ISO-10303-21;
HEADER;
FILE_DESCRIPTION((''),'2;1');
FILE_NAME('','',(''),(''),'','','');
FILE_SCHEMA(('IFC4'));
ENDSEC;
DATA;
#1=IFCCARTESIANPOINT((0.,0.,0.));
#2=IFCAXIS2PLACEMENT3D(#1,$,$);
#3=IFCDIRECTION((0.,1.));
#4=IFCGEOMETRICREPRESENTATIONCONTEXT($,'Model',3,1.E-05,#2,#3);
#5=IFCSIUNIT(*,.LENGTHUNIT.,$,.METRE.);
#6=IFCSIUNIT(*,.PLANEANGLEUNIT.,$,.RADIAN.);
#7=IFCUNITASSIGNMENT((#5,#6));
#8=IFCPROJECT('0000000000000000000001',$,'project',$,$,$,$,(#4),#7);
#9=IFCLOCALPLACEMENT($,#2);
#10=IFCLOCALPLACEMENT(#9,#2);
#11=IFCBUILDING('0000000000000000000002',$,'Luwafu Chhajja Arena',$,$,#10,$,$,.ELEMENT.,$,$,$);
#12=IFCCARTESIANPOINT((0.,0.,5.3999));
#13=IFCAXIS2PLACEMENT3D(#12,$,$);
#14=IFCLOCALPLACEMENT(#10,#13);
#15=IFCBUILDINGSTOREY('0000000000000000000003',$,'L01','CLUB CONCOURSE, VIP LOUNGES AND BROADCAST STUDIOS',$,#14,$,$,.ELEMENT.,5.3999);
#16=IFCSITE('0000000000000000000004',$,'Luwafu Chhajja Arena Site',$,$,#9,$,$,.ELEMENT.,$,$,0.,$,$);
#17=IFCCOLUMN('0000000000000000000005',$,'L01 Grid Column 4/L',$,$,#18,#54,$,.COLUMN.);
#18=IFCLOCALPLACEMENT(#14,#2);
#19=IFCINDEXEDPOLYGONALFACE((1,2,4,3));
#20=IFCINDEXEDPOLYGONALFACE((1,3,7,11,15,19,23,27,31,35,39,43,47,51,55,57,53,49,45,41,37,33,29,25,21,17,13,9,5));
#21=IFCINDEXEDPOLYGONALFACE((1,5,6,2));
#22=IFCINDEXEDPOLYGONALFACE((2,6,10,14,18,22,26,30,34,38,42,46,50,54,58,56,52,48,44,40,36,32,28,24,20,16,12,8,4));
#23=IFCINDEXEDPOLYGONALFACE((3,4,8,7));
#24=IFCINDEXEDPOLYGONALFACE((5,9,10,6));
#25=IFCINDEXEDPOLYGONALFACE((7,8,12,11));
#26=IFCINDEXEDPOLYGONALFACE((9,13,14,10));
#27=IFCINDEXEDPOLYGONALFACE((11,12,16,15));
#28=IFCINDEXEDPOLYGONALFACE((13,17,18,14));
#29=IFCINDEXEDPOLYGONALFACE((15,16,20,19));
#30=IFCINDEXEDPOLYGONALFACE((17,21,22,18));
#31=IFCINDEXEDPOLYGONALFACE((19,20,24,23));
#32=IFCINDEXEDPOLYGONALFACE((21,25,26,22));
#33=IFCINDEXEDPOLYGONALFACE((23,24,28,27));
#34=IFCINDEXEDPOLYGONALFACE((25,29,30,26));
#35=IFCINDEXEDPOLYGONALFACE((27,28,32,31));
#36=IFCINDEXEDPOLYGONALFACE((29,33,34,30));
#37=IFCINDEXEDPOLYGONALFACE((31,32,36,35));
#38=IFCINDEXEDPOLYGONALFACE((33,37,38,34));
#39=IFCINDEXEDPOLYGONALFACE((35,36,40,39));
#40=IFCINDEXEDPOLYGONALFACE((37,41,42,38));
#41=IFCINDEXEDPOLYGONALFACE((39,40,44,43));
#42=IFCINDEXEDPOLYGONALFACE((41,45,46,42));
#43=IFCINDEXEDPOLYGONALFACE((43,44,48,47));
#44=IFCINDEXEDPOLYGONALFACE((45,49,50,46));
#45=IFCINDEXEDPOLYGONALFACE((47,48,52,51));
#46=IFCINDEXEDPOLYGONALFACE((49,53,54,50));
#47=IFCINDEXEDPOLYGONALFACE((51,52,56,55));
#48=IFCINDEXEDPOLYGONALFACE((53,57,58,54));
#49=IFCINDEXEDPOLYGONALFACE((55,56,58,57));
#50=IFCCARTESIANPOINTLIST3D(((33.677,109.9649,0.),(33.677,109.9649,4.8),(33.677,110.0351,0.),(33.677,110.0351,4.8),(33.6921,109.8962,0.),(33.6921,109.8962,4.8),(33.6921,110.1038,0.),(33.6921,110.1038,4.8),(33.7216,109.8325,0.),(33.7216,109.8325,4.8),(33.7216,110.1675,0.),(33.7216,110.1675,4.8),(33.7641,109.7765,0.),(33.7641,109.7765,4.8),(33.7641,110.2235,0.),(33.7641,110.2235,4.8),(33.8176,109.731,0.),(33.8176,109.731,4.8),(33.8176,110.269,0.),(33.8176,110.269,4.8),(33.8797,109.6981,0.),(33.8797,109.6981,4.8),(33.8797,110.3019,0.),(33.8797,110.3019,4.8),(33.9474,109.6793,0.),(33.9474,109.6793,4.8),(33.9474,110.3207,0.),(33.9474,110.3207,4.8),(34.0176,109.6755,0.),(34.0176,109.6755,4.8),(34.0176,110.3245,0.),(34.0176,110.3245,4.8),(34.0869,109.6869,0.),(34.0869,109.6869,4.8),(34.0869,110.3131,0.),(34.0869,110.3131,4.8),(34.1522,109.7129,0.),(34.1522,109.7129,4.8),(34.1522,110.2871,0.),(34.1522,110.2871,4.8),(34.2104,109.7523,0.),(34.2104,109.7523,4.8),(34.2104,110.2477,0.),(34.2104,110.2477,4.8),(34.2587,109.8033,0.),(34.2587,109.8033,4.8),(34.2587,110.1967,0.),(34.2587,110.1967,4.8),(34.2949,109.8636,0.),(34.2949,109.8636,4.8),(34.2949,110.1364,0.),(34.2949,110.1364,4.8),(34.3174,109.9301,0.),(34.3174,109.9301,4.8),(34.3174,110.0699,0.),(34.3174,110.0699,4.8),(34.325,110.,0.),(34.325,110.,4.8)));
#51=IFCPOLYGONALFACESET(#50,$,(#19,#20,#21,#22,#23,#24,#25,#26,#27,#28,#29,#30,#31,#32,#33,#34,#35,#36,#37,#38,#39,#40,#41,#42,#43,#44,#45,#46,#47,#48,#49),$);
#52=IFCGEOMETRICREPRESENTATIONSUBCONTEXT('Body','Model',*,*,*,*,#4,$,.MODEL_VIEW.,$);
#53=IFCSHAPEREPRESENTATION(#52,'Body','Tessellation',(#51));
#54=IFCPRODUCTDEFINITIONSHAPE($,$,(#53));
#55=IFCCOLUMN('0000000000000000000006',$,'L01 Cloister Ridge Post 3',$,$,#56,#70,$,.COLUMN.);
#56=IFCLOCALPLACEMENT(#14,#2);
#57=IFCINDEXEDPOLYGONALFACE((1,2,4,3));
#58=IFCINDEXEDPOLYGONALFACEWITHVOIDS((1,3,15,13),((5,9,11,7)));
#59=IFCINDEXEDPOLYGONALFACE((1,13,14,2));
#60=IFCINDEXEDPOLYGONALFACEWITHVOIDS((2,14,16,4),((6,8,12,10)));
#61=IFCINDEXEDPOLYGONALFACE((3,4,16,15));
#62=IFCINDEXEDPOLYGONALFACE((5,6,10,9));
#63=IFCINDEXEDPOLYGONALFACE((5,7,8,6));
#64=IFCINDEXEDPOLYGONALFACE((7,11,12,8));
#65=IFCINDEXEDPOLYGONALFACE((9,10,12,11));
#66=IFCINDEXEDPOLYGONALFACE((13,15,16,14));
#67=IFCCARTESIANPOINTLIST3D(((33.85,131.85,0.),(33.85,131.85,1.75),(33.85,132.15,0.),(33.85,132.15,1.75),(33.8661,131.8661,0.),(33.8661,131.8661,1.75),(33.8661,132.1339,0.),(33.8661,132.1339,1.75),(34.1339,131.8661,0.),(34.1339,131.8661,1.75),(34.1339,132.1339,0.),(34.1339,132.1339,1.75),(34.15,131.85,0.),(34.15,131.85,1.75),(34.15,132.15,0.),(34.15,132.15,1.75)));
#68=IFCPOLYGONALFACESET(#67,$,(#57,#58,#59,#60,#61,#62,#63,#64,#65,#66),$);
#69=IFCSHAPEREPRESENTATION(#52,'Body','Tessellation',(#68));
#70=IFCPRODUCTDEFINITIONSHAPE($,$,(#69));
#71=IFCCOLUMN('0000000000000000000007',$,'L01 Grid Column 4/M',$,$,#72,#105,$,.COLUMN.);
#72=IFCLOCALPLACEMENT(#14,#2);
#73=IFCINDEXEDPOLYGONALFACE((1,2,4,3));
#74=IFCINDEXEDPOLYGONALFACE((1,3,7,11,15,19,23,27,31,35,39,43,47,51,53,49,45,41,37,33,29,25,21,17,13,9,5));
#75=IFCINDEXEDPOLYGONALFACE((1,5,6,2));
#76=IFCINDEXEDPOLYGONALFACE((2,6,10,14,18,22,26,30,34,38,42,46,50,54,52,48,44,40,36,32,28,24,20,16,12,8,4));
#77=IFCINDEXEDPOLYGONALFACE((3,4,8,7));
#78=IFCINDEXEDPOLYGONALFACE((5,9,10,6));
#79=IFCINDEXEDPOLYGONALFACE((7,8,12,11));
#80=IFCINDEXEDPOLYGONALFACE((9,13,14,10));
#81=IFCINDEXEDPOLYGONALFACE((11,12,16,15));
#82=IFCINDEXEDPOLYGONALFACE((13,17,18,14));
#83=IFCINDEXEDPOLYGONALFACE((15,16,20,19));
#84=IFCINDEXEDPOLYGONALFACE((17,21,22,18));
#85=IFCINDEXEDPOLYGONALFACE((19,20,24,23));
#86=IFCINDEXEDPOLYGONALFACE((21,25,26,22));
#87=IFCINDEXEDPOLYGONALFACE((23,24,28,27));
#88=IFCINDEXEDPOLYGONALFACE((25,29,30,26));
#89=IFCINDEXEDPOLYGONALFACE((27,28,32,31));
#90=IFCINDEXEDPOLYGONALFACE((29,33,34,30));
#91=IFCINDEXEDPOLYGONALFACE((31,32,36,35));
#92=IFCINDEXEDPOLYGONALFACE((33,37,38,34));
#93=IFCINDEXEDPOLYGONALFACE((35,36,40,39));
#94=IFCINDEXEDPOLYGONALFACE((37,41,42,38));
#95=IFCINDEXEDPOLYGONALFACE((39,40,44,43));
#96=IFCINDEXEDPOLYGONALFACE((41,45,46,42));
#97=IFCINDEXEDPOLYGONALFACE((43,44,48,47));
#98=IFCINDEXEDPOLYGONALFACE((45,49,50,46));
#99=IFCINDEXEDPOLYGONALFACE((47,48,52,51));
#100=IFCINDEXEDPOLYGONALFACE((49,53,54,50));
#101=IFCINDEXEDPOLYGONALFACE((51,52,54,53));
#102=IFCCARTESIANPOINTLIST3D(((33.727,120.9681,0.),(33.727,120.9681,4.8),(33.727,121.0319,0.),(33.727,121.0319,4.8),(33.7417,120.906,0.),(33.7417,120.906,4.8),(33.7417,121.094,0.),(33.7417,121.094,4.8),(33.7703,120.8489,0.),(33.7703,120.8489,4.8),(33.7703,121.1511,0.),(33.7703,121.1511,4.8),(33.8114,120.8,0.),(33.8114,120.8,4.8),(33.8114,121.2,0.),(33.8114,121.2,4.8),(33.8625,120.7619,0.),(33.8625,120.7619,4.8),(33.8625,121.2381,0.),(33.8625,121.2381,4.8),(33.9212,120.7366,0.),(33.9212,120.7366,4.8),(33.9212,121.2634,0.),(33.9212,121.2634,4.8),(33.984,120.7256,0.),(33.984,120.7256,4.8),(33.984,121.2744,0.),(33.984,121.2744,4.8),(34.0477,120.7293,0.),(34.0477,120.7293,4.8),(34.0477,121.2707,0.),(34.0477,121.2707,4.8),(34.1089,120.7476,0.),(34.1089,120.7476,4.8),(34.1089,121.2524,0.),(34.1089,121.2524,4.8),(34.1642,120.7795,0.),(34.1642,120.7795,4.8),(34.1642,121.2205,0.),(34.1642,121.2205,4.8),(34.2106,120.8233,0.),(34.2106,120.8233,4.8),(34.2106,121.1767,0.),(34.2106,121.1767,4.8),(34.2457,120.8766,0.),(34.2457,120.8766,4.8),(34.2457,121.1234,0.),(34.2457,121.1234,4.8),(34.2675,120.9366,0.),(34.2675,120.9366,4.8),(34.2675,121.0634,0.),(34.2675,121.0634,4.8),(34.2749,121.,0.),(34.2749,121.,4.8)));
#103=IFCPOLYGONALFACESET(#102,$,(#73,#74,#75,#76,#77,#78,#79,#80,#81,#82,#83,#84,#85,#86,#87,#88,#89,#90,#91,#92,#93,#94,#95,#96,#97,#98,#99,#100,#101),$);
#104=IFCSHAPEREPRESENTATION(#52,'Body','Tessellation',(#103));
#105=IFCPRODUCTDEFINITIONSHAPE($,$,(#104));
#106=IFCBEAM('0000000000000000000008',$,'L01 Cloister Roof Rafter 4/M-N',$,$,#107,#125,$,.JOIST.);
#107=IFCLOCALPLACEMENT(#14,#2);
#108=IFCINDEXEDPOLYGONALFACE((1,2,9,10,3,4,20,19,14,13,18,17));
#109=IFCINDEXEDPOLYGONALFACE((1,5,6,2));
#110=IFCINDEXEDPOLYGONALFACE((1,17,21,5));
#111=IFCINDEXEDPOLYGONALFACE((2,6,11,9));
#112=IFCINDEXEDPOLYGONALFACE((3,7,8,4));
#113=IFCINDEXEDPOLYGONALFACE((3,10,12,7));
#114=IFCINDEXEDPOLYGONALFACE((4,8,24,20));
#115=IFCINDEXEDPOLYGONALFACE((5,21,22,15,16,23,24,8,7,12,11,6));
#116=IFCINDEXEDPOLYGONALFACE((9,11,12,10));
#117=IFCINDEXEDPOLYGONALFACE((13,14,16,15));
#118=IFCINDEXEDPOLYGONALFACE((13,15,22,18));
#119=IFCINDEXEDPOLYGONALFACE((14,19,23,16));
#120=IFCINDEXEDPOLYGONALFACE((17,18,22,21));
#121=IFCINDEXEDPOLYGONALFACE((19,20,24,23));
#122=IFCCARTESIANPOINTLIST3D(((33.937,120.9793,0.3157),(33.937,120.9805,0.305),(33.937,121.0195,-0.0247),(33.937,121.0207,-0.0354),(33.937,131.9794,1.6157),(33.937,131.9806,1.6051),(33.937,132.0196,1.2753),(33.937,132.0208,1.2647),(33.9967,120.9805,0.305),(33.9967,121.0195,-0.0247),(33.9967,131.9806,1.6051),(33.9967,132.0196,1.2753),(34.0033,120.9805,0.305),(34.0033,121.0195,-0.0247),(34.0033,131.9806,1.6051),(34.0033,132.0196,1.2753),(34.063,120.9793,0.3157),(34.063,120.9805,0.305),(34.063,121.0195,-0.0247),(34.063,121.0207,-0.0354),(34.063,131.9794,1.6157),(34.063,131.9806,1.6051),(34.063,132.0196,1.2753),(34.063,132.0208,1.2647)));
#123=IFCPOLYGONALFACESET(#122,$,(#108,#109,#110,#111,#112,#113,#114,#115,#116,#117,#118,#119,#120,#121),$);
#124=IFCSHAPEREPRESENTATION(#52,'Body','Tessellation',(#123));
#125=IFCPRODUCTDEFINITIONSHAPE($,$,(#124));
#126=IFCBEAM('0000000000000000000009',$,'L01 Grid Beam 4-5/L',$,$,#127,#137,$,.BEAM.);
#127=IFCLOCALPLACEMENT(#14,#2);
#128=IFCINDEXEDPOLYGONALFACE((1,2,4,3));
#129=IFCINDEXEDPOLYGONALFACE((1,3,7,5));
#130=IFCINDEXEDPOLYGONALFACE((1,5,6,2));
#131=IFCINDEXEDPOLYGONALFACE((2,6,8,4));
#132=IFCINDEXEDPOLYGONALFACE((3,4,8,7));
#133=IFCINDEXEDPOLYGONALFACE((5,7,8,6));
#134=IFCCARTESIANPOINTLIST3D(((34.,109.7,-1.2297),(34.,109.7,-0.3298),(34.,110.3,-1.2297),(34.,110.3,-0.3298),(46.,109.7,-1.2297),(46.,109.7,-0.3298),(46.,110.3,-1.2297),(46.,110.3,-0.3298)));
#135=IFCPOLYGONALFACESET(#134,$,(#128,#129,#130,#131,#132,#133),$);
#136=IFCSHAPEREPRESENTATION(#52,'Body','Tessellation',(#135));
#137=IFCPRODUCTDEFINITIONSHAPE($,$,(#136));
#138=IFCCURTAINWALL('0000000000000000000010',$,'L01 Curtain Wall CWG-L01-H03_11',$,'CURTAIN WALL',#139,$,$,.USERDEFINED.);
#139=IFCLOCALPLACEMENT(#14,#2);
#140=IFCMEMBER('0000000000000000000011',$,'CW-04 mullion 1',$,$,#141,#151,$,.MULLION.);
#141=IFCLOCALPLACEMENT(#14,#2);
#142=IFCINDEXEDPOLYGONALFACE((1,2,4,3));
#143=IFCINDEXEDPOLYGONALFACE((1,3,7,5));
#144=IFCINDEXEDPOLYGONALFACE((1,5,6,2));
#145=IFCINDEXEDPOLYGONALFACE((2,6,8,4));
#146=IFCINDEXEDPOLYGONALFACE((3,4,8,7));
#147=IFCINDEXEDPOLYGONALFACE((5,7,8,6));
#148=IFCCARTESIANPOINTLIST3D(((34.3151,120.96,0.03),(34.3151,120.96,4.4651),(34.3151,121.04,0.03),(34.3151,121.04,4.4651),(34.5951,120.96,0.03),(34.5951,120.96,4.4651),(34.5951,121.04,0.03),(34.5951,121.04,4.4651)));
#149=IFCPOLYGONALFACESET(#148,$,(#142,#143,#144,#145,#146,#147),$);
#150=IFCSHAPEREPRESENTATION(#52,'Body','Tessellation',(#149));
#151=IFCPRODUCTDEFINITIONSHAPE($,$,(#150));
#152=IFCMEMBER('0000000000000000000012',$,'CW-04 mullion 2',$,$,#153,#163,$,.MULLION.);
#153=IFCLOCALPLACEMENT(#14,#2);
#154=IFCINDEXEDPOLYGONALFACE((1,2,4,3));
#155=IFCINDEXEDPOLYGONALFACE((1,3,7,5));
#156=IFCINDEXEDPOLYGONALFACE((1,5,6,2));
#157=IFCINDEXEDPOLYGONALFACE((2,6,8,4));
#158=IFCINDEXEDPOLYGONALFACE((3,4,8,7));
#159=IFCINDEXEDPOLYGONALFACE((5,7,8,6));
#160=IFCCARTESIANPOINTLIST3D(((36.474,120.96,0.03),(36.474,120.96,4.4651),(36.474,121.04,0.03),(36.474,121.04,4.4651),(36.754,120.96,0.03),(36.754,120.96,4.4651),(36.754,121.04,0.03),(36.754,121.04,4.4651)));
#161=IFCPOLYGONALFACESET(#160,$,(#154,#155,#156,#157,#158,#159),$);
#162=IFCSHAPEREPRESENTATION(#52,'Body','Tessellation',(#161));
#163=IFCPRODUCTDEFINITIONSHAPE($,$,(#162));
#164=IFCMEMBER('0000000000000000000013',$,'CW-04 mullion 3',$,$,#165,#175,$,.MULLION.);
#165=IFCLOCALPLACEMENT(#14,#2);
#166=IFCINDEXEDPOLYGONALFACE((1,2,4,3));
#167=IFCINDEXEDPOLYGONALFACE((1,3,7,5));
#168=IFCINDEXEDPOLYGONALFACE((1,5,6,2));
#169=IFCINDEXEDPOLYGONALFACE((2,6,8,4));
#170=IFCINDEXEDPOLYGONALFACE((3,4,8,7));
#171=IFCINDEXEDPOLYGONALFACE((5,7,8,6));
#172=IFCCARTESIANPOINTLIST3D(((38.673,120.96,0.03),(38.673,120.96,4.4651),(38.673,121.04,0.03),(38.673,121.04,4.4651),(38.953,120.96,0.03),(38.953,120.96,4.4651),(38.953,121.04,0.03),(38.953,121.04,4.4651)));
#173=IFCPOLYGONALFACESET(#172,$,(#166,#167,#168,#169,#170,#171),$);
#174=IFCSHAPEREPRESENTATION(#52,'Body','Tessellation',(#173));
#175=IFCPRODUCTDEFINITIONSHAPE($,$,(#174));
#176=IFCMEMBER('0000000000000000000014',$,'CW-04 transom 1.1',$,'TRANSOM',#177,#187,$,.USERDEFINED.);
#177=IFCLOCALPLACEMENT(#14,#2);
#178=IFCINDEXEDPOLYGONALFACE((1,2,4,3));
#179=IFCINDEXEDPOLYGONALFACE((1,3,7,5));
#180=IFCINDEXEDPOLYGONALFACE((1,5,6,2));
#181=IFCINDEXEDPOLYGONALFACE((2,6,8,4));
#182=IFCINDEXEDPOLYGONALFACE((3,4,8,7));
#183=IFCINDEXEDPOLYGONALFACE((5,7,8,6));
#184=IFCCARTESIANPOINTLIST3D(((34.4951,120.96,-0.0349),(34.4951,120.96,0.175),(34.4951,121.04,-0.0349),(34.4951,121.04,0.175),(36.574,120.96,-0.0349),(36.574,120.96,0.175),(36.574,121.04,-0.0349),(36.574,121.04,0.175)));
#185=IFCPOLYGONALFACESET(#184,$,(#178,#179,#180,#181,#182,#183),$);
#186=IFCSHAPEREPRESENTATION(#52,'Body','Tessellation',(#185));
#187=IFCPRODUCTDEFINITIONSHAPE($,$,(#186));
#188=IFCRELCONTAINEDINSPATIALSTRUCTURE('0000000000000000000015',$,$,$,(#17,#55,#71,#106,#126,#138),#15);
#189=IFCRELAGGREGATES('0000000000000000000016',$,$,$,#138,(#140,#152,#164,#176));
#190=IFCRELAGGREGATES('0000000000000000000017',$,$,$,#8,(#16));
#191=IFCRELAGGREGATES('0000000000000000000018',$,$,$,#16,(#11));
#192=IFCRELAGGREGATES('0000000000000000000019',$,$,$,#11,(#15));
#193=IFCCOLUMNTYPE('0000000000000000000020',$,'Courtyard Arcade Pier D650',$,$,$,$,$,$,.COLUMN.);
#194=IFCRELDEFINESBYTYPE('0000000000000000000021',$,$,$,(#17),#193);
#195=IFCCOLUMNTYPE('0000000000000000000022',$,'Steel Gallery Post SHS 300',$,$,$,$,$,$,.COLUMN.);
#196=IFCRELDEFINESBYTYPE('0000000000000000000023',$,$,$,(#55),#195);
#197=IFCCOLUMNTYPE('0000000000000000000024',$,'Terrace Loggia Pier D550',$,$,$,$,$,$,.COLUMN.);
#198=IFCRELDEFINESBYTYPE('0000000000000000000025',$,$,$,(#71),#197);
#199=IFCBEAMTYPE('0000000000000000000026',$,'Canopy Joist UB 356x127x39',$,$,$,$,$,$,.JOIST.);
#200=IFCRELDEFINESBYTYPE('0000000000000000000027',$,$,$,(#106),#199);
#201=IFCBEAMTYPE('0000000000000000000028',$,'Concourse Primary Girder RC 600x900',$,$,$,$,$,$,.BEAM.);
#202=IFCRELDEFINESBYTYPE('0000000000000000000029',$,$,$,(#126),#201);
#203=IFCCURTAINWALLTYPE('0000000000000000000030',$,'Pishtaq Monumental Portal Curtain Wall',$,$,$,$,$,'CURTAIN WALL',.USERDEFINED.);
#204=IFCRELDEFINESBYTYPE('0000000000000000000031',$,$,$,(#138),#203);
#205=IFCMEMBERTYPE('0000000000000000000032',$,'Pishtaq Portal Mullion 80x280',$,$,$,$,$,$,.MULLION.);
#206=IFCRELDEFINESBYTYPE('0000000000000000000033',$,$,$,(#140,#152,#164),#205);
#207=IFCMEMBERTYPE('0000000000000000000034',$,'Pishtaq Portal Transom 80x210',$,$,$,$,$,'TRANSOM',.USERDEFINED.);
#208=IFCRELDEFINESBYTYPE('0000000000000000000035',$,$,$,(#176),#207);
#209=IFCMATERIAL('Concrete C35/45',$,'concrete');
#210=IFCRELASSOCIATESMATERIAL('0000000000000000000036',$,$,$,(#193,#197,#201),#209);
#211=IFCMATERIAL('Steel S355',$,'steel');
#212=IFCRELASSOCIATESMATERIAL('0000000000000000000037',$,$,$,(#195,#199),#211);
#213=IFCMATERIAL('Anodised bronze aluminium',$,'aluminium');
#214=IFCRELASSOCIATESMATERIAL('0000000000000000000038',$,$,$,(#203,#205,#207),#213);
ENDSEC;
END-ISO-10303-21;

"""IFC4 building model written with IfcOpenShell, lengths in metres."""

from ifc_helpers import new_model, si_unit, direction, frame, origin, origin_2d, place, context, subcontext, project, spatial, rectangle, hollow_rectangle, circle, i_section, extrude, material, material_profile, profile_set, type_object, element, aggregate, save


model = new_model("IFC4")

# Units and contexts
model_context = context("Model", 3, precision=1e-05, world=origin(), true_north=direction((0.0, 1.0)))
body_context = subcontext(model_context, "Body", "Model", "MODEL_VIEW")
ifc_project = project(units=[si_unit("LENGTHUNIT", "METRE"), si_unit("PLANEANGLEUNIT", "RADIAN")], contexts=[model_context])

# Site, building, storey
site_placement = place(None, origin())
site = spatial("IfcSite", under=ifc_project, at=site_placement, Name="Luwafu Chhajja Arena Site", CompositionType="ELEMENT", RefElevation=0.0)
building_placement = place(site_placement, origin())
building = spatial("IfcBuilding", under=site, at=building_placement, Name="Luwafu Chhajja Arena", CompositionType="ELEMENT")
storey_placement = place(building_placement, frame((0.0, 0.0, 5.3999)))
storey = spatial("IfcBuildingStorey", under=building, at=storey_placement, Name="L01", Description="CLUB CONCOURSE, VIP LOUNGES AND BROADCAST STUDIOS", CompositionType="ELEMENT", Elevation=5.3999)

# Columns
ifc_material_1 = material(Name="Concrete C35/45", Category="concrete")
ifc_material_profile_1 = material_profile(ifc_material_1, circle(Radius=0.325, at=origin_2d()), Name="RC COL D650")
ifc_profile_set_1 = profile_set([ifc_material_profile_1], Name="Concrete C35/45")
column_type_1 = type_object("IfcColumnType", Name="Courtyard Arcade Pier D650", PredefinedType="COLUMN", material=ifc_profile_set_1)
column_1_placement = place(storey_placement, frame((34.0, 110.0, 0.0), z_axis=(0.0, 0.0, 1.0), x_axis=(1.0, 0.0, 0.0)))
element("IfcColumn", 1, at=column_1_placement, inside=storey, type_object=column_type_1, Name="L01 Grid Column 4/L", PredefinedType="COLUMN", context=body_context, shape_type="SweptSolid", body=[
    extrude(circle(Radius=0.325, at=origin_2d()), origin(), (0.0, 0.0, 1.0), 4.8),
])
ifc_material_2 = material(Name="Steel S355", Category="steel")
ifc_material_profile_2 = material_profile(ifc_material_2, hollow_rectangle(XDim=0.3, YDim=0.3, WallThickness=0.0161, at=origin_2d()), Name="SHS 300x300x16")
ifc_profile_set_2 = profile_set([ifc_material_profile_2], Name="Steel S355")
column_type_2 = type_object("IfcColumnType", Name="Steel Gallery Post SHS 300", PredefinedType="COLUMN", material=ifc_profile_set_2)
column_2_placement = place(storey_placement, frame((34.0, 132.0, 0.0), z_axis=(0.0, 0.0, 1.0), x_axis=(1.0, 0.0, 0.0)))
element("IfcColumn", 2, at=column_2_placement, inside=storey, type_object=column_type_2, Name="L01 Cloister Ridge Post 3", PredefinedType="COLUMN", context=body_context, shape_type="SweptSolid", body=[
    extrude(hollow_rectangle(XDim=0.3, YDim=0.3, WallThickness=0.0161, at=origin_2d()), origin(), (0.0, 0.0, 1.0), 1.75),
])
ifc_material_profile_3 = material_profile(ifc_material_1, circle(Radius=0.2749, at=origin_2d()), Name="RC COL D550")
ifc_profile_set_3 = profile_set([ifc_material_profile_3], Name="Concrete C35/45")
column_type_3 = type_object("IfcColumnType", Name="Terrace Loggia Pier D550", PredefinedType="COLUMN", material=ifc_profile_set_3)
column_3_placement = place(storey_placement, frame((34.0, 121.0, 0.0), z_axis=(0.0, 0.0, 1.0), x_axis=(1.0, 0.0, 0.0)))
element("IfcColumn", 3, at=column_3_placement, inside=storey, type_object=column_type_3, Name="L01 Grid Column 4/M", PredefinedType="COLUMN", context=body_context, shape_type="SweptSolid", body=[
    extrude(circle(Radius=0.2749, at=origin_2d()), origin(), (0.0, 0.0, 1.0), 4.8),
])

# Beams
ifc_material_profile_4 = material_profile(ifc_material_2, i_section(OverallWidth=0.126, OverallDepth=0.3535, WebThickness=0.0066, FlangeThickness=0.0107, at=origin_2d()), Name="UB 356x127x39")
ifc_profile_set_4 = profile_set([ifc_material_profile_4], Name="Steel S355")
beam_type_1 = type_object("IfcBeamType", Name="Canopy Joist UB 356x127x39", PredefinedType="JOIST", material=ifc_profile_set_4)
beam_1_placement = place(storey_placement, frame((34.0, 121.0, 0.1401), z_axis=(0.0, 0.993088, 0.117369), x_axis=(-1.0, 0.0, 0.0)))
element("IfcBeam", 4, at=beam_1_placement, inside=storey, type_object=beam_type_1, Name="L01 Cloister Roof Rafter 4/M-N", PredefinedType="JOIST", context=body_context, shape_type="SweptSolid", body=[
    extrude(i_section(OverallWidth=0.126, OverallDepth=0.3535, WebThickness=0.0066, FlangeThickness=0.0107, at=origin_2d()), origin(), (0.0, 0.0, 1.0), 11.0767),
])
ifc_material_profile_5 = material_profile(ifc_material_1, rectangle(XDim=0.6001, YDim=0.8999, at=origin_2d()), Name="RC 600x900")
ifc_profile_set_5 = profile_set([ifc_material_profile_5], Name="Concrete C35/45")
beam_type_2 = type_object("IfcBeamType", Name="Concourse Primary Girder RC 600x900", PredefinedType="BEAM", material=ifc_profile_set_5)
beam_2_placement = place(storey_placement, frame((34.0, 110.0, -0.7798), z_axis=(1.0, 0.0, 0.0), x_axis=(0.0, 1.0, 0.0)))
element("IfcBeam", 5, at=beam_2_placement, inside=storey, type_object=beam_type_2, Name="L01 Grid Beam 4-5/L", PredefinedType="BEAM", context=body_context, shape_type="SweptSolid", body=[
    extrude(rectangle(XDim=0.6001, YDim=0.8999, at=origin_2d()), origin(), (0.0, 0.0, 1.0), 12.0),
])

# Curtain wall, members
ifc_material_3 = material(Name="Anodised bronze aluminium", Category="aluminium")
curtain_wall_type = type_object("IfcCurtainWallType", Name="Pishtaq Monumental Portal Curtain Wall", ElementType="CURTAIN WALL", PredefinedType="USERDEFINED", material=ifc_material_3)
curtain_wall_placement = place(storey_placement, origin())
curtain_wall = element("IfcCurtainWall", 6, at=curtain_wall_placement, inside=storey, type_object=curtain_wall_type, Name="L01 Curtain Wall CWG-L01-H03_11", ObjectType="CURTAIN WALL", PredefinedType="USERDEFINED")
ifc_material_profile_6 = material_profile(ifc_material_3, rectangle(XDim=0.0801, YDim=0.28, at=origin_2d()), Name="CWM 80x280")
ifc_profile_set_6 = profile_set([ifc_material_profile_6], Name="Anodised bronze aluminium")
member_type_1 = type_object("IfcMemberType", Name="Pishtaq Portal Mullion 80x280", PredefinedType="MULLION", material=ifc_profile_set_6)
member_1_placement = place(storey_placement, frame((34.4551, 121.0, 0.03), z_axis=(0.0, 0.0, 1.0), x_axis=(0.0, 1.0, 0.0)))
member_1 = element("IfcMember", 7, at=member_1_placement, type_object=member_type_1, Name="CW-04 mullion 1", PredefinedType="MULLION", context=body_context, shape_type="SweptSolid", body=[
    extrude(rectangle(XDim=0.0801, YDim=0.28, at=origin_2d()), origin(), (0.0, 0.0, 1.0), 4.4351),
])
member_2_placement = place(storey_placement, frame((36.614, 121.0, 0.03), z_axis=(0.0, 0.0, 1.0), x_axis=(0.0, 1.0, 0.0)))
member_2 = element("IfcMember", 8, at=member_2_placement, type_object=member_type_1, Name="CW-04 mullion 2", PredefinedType="MULLION", context=body_context, shape_type="SweptSolid", body=[
    extrude(rectangle(XDim=0.0801, YDim=0.28, at=origin_2d()), origin(), (0.0, 0.0, 1.0), 4.4351),
])
member_3_placement = place(storey_placement, frame((38.813, 121.0, 0.03), z_axis=(0.0, 0.0, 1.0), x_axis=(0.0, 1.0, 0.0)))
member_3 = element("IfcMember", 9, at=member_3_placement, type_object=member_type_1, Name="CW-04 mullion 3", PredefinedType="MULLION", context=body_context, shape_type="SweptSolid", body=[
    extrude(rectangle(XDim=0.0801, YDim=0.28, at=origin_2d()), origin(), (0.0, 0.0, 1.0), 4.4351),
])
ifc_material_profile_7 = material_profile(ifc_material_3, rectangle(XDim=0.0801, YDim=0.21, at=origin_2d()), Name="CWT 80x210")
ifc_profile_set_7 = profile_set([ifc_material_profile_7], Name="Anodised bronze aluminium")
member_type_2 = type_object("IfcMemberType", Name="Pishtaq Portal Transom 80x210", ElementType="TRANSOM", PredefinedType="USERDEFINED", material=ifc_profile_set_7)
member_4_placement = place(storey_placement, frame((34.4951, 121.0, 0.0701), z_axis=(1.0, 0.0, 0.0), x_axis=(0.0, 1.0, 0.0)))
member_4 = element("IfcMember", 10, at=member_4_placement, type_object=member_type_2, Name="CW-04 transom 1.1", ObjectType="TRANSOM", PredefinedType="USERDEFINED", context=body_context, shape_type="SweptSolid", body=[
    extrude(rectangle(XDim=0.0801, YDim=0.21, at=origin_2d()), origin(), (0.0, 0.0, 1.0), 2.0789),
])

aggregate(curtain_wall, [member_1, member_2, member_3, member_4])

save(model, "model.ifc")
